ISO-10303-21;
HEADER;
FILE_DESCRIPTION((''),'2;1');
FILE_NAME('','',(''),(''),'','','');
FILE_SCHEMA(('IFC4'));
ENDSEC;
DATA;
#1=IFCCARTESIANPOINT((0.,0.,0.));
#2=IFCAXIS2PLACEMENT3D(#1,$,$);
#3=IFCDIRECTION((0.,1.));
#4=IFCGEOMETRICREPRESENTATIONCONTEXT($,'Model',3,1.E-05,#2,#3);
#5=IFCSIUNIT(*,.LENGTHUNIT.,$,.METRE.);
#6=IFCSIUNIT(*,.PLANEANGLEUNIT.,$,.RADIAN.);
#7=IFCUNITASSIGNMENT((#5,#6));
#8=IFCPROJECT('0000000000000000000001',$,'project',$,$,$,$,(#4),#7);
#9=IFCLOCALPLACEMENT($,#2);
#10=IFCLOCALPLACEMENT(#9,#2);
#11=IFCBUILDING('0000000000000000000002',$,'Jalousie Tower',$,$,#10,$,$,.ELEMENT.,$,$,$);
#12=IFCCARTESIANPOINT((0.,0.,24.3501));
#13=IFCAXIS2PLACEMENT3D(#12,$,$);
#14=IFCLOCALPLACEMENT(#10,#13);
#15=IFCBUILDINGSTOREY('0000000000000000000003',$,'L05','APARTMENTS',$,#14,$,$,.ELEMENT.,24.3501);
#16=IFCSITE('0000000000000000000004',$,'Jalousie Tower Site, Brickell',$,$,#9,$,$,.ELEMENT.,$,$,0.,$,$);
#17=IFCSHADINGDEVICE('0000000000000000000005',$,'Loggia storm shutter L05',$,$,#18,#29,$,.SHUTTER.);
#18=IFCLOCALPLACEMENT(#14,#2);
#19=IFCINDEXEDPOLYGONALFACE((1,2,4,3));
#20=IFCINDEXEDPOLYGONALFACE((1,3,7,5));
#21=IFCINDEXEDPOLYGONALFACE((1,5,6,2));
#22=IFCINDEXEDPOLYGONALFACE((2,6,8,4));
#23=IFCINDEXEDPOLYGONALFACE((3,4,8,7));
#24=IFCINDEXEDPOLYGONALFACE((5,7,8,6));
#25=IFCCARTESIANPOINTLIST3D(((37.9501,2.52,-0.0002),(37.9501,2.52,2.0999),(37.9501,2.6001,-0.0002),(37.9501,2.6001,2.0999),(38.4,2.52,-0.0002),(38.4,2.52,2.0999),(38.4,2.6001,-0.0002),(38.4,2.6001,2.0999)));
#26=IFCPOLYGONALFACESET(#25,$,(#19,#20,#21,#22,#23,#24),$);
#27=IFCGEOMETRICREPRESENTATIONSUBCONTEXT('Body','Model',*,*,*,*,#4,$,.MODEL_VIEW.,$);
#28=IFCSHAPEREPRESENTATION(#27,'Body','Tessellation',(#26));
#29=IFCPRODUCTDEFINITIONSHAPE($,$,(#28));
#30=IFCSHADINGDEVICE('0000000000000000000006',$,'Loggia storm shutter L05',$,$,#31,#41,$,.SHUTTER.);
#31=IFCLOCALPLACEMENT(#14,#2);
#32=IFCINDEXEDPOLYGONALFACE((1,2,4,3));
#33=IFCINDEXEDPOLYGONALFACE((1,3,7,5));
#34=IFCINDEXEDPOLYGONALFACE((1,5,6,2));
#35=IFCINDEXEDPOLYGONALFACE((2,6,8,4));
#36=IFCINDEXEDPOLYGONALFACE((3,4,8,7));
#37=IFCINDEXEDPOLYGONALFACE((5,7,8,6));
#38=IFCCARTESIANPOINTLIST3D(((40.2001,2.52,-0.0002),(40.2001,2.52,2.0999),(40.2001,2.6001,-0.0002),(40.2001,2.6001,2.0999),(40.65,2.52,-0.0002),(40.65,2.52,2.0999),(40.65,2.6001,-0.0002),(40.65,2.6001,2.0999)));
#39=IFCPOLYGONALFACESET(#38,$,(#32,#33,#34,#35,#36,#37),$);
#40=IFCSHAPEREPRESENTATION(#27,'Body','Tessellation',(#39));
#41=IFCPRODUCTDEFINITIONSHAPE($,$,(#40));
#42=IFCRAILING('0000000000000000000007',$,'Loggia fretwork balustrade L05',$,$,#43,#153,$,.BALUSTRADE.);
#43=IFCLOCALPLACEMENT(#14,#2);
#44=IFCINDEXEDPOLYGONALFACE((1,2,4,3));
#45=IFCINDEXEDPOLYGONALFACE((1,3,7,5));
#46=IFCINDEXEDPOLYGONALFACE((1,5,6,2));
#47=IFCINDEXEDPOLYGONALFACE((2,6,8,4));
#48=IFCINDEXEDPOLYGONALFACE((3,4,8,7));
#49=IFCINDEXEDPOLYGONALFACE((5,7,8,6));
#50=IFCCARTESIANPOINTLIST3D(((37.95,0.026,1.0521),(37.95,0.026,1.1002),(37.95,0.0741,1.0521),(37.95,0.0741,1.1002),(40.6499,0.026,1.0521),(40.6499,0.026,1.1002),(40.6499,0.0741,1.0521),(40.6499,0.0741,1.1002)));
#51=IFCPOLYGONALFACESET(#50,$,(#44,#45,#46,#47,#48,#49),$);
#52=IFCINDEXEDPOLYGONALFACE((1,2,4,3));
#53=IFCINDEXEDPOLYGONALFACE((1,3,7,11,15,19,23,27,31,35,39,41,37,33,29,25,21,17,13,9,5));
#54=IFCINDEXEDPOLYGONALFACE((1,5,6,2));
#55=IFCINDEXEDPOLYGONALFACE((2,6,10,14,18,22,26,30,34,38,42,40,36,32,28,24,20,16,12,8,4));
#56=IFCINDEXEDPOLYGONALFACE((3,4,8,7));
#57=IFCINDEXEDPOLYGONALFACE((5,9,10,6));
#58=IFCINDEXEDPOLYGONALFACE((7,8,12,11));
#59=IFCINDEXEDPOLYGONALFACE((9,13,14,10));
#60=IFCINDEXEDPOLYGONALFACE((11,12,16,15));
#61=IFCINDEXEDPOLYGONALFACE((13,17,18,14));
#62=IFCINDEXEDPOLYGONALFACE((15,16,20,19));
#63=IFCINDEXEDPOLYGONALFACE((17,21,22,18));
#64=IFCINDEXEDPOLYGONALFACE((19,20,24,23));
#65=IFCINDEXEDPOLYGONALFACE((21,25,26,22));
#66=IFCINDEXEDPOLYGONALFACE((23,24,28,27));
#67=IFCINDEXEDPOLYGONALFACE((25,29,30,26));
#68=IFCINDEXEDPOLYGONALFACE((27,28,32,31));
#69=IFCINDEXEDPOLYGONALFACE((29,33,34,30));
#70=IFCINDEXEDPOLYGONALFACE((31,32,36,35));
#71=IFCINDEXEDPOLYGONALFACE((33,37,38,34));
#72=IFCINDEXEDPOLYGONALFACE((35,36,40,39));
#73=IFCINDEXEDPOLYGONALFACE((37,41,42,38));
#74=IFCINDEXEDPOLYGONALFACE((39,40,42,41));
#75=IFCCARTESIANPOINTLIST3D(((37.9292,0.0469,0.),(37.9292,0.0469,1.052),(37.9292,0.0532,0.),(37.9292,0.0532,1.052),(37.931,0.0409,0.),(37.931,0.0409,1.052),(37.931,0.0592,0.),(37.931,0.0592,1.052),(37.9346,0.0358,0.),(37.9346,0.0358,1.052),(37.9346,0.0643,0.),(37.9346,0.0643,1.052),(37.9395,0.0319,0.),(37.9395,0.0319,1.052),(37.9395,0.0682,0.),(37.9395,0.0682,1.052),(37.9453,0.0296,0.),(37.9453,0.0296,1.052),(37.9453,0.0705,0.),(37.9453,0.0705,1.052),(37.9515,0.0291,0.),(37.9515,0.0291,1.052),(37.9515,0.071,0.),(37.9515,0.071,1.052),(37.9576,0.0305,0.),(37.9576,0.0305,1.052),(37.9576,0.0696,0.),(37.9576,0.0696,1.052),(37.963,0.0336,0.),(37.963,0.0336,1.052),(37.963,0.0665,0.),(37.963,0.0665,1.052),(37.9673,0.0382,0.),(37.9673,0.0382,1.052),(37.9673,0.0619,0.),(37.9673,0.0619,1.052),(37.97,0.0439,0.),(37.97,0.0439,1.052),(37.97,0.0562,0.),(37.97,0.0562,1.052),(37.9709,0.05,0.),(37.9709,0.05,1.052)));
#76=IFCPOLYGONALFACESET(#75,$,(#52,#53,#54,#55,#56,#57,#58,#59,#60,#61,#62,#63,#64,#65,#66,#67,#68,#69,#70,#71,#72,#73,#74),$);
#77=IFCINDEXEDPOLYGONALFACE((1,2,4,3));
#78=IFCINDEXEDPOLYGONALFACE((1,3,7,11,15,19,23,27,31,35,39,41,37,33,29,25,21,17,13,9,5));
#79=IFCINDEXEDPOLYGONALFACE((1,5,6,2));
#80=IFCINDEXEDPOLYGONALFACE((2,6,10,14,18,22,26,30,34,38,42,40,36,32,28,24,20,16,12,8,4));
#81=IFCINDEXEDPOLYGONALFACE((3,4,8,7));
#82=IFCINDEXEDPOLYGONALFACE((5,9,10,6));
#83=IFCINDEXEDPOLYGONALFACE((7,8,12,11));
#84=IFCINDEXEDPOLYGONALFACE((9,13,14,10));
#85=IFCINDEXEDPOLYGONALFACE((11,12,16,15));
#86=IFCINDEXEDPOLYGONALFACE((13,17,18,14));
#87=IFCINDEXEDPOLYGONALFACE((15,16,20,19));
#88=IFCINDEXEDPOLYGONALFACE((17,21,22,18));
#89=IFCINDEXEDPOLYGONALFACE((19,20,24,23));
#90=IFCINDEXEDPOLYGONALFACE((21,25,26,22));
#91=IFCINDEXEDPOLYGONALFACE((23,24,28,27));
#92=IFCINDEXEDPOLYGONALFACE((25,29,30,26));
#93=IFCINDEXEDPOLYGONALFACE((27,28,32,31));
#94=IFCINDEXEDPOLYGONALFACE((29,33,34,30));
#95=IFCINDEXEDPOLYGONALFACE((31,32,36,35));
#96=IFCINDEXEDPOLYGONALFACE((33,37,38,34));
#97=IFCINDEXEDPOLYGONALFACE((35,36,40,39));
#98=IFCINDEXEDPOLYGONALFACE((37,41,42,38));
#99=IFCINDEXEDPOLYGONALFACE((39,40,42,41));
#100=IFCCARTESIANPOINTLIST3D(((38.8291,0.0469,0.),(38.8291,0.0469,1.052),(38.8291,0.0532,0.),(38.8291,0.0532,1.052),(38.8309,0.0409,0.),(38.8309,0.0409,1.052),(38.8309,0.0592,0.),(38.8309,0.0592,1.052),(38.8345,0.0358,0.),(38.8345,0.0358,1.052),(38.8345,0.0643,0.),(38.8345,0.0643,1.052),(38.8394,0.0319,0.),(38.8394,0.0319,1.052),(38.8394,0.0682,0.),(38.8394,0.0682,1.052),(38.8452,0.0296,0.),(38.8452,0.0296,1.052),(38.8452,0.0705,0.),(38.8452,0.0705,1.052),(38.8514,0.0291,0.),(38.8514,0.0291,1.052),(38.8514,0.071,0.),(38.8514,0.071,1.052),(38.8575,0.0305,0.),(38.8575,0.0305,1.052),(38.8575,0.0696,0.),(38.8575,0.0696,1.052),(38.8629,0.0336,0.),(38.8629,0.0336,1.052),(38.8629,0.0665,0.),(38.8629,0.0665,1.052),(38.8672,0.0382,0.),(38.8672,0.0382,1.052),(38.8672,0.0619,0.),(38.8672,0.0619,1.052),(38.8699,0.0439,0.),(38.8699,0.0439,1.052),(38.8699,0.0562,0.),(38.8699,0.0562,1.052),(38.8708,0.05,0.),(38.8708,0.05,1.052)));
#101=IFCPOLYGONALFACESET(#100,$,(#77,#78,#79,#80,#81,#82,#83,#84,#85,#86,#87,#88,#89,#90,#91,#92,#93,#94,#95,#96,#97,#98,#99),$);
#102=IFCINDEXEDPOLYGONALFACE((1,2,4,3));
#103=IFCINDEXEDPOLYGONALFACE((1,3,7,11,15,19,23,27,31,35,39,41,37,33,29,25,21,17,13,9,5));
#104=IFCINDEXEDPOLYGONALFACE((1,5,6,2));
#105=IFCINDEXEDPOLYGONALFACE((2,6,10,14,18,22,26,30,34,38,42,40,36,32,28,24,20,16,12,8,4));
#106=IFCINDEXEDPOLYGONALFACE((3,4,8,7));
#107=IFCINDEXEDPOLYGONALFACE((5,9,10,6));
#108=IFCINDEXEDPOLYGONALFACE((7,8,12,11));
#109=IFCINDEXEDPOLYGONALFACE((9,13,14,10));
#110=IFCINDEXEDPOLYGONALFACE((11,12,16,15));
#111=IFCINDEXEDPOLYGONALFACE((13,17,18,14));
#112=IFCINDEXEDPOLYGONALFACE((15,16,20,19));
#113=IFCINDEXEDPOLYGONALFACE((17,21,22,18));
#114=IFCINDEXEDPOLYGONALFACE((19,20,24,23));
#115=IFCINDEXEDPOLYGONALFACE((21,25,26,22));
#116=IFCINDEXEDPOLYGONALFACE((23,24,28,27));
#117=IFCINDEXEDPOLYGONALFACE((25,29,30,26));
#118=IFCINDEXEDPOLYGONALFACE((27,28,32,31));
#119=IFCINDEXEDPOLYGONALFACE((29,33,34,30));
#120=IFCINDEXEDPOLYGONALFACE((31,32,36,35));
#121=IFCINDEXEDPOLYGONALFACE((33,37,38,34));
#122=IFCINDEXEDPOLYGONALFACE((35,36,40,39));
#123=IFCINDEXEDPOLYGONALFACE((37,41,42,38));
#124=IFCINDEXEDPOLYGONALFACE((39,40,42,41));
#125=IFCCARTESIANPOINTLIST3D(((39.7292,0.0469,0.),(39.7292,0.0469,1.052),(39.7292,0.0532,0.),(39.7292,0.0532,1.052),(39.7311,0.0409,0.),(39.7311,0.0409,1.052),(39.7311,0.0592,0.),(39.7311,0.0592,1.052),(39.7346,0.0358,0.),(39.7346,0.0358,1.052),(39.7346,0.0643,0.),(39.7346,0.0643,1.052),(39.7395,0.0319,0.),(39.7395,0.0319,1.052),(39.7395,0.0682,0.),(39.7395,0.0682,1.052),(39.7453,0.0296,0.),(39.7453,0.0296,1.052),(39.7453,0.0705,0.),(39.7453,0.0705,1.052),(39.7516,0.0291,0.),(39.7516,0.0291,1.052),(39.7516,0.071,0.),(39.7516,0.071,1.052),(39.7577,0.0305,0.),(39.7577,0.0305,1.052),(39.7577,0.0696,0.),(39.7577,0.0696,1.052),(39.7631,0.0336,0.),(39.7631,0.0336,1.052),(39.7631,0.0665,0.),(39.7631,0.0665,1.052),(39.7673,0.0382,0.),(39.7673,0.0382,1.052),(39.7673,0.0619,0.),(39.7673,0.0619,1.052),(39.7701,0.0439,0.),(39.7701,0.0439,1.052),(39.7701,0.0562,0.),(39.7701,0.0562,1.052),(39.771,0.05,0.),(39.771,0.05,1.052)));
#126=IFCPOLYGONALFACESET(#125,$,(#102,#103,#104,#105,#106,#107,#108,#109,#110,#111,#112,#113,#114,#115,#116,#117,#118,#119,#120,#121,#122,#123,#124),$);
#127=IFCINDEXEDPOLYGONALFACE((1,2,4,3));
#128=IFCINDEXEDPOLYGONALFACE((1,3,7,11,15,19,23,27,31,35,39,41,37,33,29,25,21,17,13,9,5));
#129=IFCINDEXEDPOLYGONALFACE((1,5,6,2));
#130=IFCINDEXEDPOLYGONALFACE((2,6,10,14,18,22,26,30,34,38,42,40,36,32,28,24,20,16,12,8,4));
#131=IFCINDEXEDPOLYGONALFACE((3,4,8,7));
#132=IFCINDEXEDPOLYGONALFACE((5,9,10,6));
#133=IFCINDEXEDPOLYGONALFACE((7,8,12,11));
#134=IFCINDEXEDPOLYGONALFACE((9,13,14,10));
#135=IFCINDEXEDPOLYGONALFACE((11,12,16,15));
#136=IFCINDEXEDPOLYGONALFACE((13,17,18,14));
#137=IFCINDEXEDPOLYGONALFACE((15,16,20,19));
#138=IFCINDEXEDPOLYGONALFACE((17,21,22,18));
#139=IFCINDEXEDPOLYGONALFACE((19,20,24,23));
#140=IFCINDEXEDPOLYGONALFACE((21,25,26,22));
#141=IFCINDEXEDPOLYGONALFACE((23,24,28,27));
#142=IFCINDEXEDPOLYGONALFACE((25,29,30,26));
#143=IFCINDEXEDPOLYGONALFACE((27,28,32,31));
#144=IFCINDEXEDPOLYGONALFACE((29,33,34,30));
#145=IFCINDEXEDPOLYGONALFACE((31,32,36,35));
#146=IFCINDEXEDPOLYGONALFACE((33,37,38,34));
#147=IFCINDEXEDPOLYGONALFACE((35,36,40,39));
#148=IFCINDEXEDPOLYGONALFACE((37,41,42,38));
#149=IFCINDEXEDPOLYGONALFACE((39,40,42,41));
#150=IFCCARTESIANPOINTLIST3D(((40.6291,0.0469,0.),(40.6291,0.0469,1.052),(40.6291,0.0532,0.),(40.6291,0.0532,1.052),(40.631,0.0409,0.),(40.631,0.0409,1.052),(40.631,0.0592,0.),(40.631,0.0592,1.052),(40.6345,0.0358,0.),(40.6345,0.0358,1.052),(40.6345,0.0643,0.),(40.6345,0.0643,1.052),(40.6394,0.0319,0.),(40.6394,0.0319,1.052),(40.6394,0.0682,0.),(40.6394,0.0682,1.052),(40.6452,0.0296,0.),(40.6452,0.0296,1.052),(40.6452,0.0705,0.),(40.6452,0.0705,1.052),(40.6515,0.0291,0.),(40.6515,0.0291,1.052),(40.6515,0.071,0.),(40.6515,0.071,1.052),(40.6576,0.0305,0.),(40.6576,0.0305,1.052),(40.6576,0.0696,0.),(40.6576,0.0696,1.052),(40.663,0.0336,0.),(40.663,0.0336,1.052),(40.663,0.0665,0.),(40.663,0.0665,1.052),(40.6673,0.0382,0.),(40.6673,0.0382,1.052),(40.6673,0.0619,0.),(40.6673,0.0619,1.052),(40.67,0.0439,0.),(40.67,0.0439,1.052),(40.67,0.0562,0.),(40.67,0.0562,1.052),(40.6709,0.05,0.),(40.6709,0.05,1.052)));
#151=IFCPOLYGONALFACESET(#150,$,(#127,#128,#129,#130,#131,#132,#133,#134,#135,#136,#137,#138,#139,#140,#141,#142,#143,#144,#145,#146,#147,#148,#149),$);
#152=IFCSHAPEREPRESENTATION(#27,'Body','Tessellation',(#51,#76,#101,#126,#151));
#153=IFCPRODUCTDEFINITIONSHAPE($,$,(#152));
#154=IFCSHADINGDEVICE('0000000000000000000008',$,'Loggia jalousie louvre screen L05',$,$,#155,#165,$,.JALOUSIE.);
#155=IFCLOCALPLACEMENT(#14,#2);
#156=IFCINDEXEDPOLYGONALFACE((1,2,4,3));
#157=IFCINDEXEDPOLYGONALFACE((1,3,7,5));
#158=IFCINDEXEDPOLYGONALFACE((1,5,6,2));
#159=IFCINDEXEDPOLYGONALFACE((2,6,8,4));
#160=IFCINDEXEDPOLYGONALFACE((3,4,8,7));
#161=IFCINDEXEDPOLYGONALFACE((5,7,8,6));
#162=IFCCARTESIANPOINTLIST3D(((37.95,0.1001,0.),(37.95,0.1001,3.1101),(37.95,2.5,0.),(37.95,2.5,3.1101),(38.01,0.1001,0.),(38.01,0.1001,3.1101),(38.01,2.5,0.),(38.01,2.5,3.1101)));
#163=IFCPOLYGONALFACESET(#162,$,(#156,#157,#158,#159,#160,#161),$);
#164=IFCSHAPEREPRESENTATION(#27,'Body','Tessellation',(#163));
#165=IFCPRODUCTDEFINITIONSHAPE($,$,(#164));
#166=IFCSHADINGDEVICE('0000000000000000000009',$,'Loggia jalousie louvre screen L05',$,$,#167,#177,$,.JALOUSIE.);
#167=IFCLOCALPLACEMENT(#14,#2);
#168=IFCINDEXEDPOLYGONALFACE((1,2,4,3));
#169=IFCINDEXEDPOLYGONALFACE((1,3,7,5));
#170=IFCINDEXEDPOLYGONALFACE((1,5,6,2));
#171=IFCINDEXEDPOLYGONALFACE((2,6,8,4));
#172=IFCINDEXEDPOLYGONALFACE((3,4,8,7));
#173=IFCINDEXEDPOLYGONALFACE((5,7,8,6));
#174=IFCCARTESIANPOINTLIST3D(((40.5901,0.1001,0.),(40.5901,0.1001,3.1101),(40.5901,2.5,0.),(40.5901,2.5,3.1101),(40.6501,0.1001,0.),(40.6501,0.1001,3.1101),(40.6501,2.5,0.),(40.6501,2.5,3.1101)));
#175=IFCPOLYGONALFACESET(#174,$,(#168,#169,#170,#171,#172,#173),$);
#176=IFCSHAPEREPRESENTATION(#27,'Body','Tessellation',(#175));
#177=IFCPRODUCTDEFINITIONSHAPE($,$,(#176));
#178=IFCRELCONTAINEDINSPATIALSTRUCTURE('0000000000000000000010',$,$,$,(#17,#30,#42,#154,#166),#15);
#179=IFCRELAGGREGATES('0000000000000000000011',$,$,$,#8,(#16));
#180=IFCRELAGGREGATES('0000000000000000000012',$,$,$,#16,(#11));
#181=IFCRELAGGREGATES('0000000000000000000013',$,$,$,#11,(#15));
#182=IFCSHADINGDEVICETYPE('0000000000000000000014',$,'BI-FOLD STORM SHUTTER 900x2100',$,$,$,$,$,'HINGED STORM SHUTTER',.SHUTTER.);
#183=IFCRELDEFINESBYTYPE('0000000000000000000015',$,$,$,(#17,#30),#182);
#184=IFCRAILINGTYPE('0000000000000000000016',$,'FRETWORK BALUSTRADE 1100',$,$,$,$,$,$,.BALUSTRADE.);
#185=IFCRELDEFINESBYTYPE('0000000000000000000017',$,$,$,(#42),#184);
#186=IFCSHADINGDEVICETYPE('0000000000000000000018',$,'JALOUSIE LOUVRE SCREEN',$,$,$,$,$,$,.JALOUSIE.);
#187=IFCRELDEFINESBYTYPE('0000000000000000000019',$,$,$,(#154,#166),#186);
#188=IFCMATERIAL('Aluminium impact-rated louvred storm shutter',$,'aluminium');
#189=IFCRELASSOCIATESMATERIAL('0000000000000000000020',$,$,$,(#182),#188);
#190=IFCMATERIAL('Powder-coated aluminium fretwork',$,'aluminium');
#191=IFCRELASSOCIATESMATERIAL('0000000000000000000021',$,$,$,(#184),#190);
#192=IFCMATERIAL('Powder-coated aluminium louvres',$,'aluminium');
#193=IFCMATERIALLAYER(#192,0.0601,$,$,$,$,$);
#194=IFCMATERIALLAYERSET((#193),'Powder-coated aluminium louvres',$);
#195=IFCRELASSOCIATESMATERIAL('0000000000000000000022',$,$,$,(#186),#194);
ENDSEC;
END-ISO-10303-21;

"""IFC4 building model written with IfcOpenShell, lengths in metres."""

from ifc_helpers import new_model, si_unit, direction, frame, origin, origin_2d, place, context, subcontext, project, spatial, rectangle, circle, extrude, material, layer, layer_set, type_object, element, save


model = new_model("IFC4")

# Units and contexts
model_context = context("Model", 3, precision=1e-05, world=origin(), true_north=direction((0.0, 1.0)))
body_context = subcontext(model_context, "Body", "Model", "MODEL_VIEW")
ifc_project = project(units=[si_unit("LENGTHUNIT", "METRE"), si_unit("PLANEANGLEUNIT", "RADIAN")], contexts=[model_context])

# Site, building, storey
site_placement = place(None, origin())
site = spatial("IfcSite", under=ifc_project, at=site_placement, Name="Jalousie Tower Site, Brickell", CompositionType="ELEMENT", RefElevation=0.0)
building_placement = place(site_placement, origin())
building = spatial("IfcBuilding", under=site, at=building_placement, Name="Jalousie Tower", CompositionType="ELEMENT")
storey_placement = place(building_placement, frame((0.0, 0.0, 24.3501)))
storey = spatial("IfcBuildingStorey", under=building, at=storey_placement, Name="L05", Description="APARTMENTS", CompositionType="ELEMENT", Elevation=24.3501)

# Shading devices
ifc_material_1 = material(Name="Aluminium impact-rated louvred storm shutter", Category="aluminium")
shading_device_type_1 = type_object("IfcShadingDeviceType", Name="BI-FOLD STORM SHUTTER 900x2100", ElementType="HINGED STORM SHUTTER", PredefinedType="SHUTTER", material=ifc_material_1)
for number, where, z_axis, x_axis, name in (
    (1, (38.175, 2.5601, -0.0002), (0.0, 0.0, 1.0), (1.0, 0.0, 0.0), "Loggia storm shutter L05"),
    (2, (40.425, 2.5601, -0.0002), (0.0, 0.0, 1.0), (1.0, 0.0, 0.0), "Loggia storm shutter L05"),
):
    element("IfcShadingDevice", number, at=place(storey_placement, frame(where, z_axis=z_axis, x_axis=x_axis)), inside=storey, type_object=shading_device_type_1, Name=name, PredefinedType="SHUTTER", context=body_context, shape_type="SweptSolid", body=[
        extrude(rectangle(XDim=0.45, YDim=0.0801, at=origin_2d()), origin(), (0.0, 0.0, 1.0), 2.1001),
    ])

# Railing
ifc_material_2 = material(Name="Powder-coated aluminium fretwork", Category="aluminium")
railing_type = type_object("IfcRailingType", Name="FRETWORK BALUSTRADE 1100", PredefinedType="BALUSTRADE", material=ifc_material_2)
railing_placement = place(storey_placement, frame((37.95, 0.05, 0.0)))
element("IfcRailing", 3, at=railing_placement, inside=storey, type_object=railing_type, Name="Loggia fretwork balustrade L05", PredefinedType="BALUSTRADE", context=body_context, shape_type="SweptSolid", body=[
    extrude(rectangle(XDim=0.0481, YDim=0.0481, at=origin_2d()), frame((0.0, 0.0, 1.0762), z_axis=(1.0, 0.0, 0.0), x_axis=(0.0, 1.0, 0.0)), (0.0, 0.0, 1.0), 2.7),
    extrude(circle(Radius=0.021, at=origin_2d()), origin(), (0.0, 0.0, 1.0), 1.052),
    extrude(circle(Radius=0.021, at=origin_2d()), frame((0.8999, 0.0, 0.0)), (0.0, 0.0, 1.0), 1.052),
    extrude(circle(Radius=0.021, at=origin_2d()), frame((1.8, 0.0, 0.0)), (0.0, 0.0, 1.0), 1.052),
    extrude(circle(Radius=0.021, at=origin_2d()), frame((2.7, 0.0, 0.0)), (0.0, 0.0, 1.0), 1.052),
])

# Shading devices
ifc_material_3 = material(Name="Powder-coated aluminium louvres", Category="aluminium")
ifc_layer_1 = layer(ifc_material_3, 0.0601)
ifc_layer_set_1 = layer_set([ifc_layer_1], Name="Powder-coated aluminium louvres")
shading_device_type_2 = type_object("IfcShadingDeviceType", Name="JALOUSIE LOUVRE SCREEN", PredefinedType="JALOUSIE", material=ifc_layer_set_1)
for number, where, z_axis, x_axis, name in (
    (4, (37.98, 1.3, 0.0), (0.0, 0.0, 1.0), (1.0, 0.0, 0.0), "Loggia jalousie louvre screen L05"),
    (5, (40.6201, 1.3, 0.0), (0.0, 0.0, 1.0), (1.0, 0.0, 0.0), "Loggia jalousie louvre screen L05"),
):
    element("IfcShadingDevice", number, at=place(storey_placement, frame(where, z_axis=z_axis, x_axis=x_axis)), inside=storey, type_object=shading_device_type_2, Name=name, PredefinedType="JALOUSIE", context=body_context, shape_type="SweptSolid", body=[
        extrude(rectangle(XDim=0.0601, YDim=2.3999, at=origin_2d()), origin(), (0.0, 0.0, 1.0), 3.1101),
    ])

save(model, "model.ifc")
